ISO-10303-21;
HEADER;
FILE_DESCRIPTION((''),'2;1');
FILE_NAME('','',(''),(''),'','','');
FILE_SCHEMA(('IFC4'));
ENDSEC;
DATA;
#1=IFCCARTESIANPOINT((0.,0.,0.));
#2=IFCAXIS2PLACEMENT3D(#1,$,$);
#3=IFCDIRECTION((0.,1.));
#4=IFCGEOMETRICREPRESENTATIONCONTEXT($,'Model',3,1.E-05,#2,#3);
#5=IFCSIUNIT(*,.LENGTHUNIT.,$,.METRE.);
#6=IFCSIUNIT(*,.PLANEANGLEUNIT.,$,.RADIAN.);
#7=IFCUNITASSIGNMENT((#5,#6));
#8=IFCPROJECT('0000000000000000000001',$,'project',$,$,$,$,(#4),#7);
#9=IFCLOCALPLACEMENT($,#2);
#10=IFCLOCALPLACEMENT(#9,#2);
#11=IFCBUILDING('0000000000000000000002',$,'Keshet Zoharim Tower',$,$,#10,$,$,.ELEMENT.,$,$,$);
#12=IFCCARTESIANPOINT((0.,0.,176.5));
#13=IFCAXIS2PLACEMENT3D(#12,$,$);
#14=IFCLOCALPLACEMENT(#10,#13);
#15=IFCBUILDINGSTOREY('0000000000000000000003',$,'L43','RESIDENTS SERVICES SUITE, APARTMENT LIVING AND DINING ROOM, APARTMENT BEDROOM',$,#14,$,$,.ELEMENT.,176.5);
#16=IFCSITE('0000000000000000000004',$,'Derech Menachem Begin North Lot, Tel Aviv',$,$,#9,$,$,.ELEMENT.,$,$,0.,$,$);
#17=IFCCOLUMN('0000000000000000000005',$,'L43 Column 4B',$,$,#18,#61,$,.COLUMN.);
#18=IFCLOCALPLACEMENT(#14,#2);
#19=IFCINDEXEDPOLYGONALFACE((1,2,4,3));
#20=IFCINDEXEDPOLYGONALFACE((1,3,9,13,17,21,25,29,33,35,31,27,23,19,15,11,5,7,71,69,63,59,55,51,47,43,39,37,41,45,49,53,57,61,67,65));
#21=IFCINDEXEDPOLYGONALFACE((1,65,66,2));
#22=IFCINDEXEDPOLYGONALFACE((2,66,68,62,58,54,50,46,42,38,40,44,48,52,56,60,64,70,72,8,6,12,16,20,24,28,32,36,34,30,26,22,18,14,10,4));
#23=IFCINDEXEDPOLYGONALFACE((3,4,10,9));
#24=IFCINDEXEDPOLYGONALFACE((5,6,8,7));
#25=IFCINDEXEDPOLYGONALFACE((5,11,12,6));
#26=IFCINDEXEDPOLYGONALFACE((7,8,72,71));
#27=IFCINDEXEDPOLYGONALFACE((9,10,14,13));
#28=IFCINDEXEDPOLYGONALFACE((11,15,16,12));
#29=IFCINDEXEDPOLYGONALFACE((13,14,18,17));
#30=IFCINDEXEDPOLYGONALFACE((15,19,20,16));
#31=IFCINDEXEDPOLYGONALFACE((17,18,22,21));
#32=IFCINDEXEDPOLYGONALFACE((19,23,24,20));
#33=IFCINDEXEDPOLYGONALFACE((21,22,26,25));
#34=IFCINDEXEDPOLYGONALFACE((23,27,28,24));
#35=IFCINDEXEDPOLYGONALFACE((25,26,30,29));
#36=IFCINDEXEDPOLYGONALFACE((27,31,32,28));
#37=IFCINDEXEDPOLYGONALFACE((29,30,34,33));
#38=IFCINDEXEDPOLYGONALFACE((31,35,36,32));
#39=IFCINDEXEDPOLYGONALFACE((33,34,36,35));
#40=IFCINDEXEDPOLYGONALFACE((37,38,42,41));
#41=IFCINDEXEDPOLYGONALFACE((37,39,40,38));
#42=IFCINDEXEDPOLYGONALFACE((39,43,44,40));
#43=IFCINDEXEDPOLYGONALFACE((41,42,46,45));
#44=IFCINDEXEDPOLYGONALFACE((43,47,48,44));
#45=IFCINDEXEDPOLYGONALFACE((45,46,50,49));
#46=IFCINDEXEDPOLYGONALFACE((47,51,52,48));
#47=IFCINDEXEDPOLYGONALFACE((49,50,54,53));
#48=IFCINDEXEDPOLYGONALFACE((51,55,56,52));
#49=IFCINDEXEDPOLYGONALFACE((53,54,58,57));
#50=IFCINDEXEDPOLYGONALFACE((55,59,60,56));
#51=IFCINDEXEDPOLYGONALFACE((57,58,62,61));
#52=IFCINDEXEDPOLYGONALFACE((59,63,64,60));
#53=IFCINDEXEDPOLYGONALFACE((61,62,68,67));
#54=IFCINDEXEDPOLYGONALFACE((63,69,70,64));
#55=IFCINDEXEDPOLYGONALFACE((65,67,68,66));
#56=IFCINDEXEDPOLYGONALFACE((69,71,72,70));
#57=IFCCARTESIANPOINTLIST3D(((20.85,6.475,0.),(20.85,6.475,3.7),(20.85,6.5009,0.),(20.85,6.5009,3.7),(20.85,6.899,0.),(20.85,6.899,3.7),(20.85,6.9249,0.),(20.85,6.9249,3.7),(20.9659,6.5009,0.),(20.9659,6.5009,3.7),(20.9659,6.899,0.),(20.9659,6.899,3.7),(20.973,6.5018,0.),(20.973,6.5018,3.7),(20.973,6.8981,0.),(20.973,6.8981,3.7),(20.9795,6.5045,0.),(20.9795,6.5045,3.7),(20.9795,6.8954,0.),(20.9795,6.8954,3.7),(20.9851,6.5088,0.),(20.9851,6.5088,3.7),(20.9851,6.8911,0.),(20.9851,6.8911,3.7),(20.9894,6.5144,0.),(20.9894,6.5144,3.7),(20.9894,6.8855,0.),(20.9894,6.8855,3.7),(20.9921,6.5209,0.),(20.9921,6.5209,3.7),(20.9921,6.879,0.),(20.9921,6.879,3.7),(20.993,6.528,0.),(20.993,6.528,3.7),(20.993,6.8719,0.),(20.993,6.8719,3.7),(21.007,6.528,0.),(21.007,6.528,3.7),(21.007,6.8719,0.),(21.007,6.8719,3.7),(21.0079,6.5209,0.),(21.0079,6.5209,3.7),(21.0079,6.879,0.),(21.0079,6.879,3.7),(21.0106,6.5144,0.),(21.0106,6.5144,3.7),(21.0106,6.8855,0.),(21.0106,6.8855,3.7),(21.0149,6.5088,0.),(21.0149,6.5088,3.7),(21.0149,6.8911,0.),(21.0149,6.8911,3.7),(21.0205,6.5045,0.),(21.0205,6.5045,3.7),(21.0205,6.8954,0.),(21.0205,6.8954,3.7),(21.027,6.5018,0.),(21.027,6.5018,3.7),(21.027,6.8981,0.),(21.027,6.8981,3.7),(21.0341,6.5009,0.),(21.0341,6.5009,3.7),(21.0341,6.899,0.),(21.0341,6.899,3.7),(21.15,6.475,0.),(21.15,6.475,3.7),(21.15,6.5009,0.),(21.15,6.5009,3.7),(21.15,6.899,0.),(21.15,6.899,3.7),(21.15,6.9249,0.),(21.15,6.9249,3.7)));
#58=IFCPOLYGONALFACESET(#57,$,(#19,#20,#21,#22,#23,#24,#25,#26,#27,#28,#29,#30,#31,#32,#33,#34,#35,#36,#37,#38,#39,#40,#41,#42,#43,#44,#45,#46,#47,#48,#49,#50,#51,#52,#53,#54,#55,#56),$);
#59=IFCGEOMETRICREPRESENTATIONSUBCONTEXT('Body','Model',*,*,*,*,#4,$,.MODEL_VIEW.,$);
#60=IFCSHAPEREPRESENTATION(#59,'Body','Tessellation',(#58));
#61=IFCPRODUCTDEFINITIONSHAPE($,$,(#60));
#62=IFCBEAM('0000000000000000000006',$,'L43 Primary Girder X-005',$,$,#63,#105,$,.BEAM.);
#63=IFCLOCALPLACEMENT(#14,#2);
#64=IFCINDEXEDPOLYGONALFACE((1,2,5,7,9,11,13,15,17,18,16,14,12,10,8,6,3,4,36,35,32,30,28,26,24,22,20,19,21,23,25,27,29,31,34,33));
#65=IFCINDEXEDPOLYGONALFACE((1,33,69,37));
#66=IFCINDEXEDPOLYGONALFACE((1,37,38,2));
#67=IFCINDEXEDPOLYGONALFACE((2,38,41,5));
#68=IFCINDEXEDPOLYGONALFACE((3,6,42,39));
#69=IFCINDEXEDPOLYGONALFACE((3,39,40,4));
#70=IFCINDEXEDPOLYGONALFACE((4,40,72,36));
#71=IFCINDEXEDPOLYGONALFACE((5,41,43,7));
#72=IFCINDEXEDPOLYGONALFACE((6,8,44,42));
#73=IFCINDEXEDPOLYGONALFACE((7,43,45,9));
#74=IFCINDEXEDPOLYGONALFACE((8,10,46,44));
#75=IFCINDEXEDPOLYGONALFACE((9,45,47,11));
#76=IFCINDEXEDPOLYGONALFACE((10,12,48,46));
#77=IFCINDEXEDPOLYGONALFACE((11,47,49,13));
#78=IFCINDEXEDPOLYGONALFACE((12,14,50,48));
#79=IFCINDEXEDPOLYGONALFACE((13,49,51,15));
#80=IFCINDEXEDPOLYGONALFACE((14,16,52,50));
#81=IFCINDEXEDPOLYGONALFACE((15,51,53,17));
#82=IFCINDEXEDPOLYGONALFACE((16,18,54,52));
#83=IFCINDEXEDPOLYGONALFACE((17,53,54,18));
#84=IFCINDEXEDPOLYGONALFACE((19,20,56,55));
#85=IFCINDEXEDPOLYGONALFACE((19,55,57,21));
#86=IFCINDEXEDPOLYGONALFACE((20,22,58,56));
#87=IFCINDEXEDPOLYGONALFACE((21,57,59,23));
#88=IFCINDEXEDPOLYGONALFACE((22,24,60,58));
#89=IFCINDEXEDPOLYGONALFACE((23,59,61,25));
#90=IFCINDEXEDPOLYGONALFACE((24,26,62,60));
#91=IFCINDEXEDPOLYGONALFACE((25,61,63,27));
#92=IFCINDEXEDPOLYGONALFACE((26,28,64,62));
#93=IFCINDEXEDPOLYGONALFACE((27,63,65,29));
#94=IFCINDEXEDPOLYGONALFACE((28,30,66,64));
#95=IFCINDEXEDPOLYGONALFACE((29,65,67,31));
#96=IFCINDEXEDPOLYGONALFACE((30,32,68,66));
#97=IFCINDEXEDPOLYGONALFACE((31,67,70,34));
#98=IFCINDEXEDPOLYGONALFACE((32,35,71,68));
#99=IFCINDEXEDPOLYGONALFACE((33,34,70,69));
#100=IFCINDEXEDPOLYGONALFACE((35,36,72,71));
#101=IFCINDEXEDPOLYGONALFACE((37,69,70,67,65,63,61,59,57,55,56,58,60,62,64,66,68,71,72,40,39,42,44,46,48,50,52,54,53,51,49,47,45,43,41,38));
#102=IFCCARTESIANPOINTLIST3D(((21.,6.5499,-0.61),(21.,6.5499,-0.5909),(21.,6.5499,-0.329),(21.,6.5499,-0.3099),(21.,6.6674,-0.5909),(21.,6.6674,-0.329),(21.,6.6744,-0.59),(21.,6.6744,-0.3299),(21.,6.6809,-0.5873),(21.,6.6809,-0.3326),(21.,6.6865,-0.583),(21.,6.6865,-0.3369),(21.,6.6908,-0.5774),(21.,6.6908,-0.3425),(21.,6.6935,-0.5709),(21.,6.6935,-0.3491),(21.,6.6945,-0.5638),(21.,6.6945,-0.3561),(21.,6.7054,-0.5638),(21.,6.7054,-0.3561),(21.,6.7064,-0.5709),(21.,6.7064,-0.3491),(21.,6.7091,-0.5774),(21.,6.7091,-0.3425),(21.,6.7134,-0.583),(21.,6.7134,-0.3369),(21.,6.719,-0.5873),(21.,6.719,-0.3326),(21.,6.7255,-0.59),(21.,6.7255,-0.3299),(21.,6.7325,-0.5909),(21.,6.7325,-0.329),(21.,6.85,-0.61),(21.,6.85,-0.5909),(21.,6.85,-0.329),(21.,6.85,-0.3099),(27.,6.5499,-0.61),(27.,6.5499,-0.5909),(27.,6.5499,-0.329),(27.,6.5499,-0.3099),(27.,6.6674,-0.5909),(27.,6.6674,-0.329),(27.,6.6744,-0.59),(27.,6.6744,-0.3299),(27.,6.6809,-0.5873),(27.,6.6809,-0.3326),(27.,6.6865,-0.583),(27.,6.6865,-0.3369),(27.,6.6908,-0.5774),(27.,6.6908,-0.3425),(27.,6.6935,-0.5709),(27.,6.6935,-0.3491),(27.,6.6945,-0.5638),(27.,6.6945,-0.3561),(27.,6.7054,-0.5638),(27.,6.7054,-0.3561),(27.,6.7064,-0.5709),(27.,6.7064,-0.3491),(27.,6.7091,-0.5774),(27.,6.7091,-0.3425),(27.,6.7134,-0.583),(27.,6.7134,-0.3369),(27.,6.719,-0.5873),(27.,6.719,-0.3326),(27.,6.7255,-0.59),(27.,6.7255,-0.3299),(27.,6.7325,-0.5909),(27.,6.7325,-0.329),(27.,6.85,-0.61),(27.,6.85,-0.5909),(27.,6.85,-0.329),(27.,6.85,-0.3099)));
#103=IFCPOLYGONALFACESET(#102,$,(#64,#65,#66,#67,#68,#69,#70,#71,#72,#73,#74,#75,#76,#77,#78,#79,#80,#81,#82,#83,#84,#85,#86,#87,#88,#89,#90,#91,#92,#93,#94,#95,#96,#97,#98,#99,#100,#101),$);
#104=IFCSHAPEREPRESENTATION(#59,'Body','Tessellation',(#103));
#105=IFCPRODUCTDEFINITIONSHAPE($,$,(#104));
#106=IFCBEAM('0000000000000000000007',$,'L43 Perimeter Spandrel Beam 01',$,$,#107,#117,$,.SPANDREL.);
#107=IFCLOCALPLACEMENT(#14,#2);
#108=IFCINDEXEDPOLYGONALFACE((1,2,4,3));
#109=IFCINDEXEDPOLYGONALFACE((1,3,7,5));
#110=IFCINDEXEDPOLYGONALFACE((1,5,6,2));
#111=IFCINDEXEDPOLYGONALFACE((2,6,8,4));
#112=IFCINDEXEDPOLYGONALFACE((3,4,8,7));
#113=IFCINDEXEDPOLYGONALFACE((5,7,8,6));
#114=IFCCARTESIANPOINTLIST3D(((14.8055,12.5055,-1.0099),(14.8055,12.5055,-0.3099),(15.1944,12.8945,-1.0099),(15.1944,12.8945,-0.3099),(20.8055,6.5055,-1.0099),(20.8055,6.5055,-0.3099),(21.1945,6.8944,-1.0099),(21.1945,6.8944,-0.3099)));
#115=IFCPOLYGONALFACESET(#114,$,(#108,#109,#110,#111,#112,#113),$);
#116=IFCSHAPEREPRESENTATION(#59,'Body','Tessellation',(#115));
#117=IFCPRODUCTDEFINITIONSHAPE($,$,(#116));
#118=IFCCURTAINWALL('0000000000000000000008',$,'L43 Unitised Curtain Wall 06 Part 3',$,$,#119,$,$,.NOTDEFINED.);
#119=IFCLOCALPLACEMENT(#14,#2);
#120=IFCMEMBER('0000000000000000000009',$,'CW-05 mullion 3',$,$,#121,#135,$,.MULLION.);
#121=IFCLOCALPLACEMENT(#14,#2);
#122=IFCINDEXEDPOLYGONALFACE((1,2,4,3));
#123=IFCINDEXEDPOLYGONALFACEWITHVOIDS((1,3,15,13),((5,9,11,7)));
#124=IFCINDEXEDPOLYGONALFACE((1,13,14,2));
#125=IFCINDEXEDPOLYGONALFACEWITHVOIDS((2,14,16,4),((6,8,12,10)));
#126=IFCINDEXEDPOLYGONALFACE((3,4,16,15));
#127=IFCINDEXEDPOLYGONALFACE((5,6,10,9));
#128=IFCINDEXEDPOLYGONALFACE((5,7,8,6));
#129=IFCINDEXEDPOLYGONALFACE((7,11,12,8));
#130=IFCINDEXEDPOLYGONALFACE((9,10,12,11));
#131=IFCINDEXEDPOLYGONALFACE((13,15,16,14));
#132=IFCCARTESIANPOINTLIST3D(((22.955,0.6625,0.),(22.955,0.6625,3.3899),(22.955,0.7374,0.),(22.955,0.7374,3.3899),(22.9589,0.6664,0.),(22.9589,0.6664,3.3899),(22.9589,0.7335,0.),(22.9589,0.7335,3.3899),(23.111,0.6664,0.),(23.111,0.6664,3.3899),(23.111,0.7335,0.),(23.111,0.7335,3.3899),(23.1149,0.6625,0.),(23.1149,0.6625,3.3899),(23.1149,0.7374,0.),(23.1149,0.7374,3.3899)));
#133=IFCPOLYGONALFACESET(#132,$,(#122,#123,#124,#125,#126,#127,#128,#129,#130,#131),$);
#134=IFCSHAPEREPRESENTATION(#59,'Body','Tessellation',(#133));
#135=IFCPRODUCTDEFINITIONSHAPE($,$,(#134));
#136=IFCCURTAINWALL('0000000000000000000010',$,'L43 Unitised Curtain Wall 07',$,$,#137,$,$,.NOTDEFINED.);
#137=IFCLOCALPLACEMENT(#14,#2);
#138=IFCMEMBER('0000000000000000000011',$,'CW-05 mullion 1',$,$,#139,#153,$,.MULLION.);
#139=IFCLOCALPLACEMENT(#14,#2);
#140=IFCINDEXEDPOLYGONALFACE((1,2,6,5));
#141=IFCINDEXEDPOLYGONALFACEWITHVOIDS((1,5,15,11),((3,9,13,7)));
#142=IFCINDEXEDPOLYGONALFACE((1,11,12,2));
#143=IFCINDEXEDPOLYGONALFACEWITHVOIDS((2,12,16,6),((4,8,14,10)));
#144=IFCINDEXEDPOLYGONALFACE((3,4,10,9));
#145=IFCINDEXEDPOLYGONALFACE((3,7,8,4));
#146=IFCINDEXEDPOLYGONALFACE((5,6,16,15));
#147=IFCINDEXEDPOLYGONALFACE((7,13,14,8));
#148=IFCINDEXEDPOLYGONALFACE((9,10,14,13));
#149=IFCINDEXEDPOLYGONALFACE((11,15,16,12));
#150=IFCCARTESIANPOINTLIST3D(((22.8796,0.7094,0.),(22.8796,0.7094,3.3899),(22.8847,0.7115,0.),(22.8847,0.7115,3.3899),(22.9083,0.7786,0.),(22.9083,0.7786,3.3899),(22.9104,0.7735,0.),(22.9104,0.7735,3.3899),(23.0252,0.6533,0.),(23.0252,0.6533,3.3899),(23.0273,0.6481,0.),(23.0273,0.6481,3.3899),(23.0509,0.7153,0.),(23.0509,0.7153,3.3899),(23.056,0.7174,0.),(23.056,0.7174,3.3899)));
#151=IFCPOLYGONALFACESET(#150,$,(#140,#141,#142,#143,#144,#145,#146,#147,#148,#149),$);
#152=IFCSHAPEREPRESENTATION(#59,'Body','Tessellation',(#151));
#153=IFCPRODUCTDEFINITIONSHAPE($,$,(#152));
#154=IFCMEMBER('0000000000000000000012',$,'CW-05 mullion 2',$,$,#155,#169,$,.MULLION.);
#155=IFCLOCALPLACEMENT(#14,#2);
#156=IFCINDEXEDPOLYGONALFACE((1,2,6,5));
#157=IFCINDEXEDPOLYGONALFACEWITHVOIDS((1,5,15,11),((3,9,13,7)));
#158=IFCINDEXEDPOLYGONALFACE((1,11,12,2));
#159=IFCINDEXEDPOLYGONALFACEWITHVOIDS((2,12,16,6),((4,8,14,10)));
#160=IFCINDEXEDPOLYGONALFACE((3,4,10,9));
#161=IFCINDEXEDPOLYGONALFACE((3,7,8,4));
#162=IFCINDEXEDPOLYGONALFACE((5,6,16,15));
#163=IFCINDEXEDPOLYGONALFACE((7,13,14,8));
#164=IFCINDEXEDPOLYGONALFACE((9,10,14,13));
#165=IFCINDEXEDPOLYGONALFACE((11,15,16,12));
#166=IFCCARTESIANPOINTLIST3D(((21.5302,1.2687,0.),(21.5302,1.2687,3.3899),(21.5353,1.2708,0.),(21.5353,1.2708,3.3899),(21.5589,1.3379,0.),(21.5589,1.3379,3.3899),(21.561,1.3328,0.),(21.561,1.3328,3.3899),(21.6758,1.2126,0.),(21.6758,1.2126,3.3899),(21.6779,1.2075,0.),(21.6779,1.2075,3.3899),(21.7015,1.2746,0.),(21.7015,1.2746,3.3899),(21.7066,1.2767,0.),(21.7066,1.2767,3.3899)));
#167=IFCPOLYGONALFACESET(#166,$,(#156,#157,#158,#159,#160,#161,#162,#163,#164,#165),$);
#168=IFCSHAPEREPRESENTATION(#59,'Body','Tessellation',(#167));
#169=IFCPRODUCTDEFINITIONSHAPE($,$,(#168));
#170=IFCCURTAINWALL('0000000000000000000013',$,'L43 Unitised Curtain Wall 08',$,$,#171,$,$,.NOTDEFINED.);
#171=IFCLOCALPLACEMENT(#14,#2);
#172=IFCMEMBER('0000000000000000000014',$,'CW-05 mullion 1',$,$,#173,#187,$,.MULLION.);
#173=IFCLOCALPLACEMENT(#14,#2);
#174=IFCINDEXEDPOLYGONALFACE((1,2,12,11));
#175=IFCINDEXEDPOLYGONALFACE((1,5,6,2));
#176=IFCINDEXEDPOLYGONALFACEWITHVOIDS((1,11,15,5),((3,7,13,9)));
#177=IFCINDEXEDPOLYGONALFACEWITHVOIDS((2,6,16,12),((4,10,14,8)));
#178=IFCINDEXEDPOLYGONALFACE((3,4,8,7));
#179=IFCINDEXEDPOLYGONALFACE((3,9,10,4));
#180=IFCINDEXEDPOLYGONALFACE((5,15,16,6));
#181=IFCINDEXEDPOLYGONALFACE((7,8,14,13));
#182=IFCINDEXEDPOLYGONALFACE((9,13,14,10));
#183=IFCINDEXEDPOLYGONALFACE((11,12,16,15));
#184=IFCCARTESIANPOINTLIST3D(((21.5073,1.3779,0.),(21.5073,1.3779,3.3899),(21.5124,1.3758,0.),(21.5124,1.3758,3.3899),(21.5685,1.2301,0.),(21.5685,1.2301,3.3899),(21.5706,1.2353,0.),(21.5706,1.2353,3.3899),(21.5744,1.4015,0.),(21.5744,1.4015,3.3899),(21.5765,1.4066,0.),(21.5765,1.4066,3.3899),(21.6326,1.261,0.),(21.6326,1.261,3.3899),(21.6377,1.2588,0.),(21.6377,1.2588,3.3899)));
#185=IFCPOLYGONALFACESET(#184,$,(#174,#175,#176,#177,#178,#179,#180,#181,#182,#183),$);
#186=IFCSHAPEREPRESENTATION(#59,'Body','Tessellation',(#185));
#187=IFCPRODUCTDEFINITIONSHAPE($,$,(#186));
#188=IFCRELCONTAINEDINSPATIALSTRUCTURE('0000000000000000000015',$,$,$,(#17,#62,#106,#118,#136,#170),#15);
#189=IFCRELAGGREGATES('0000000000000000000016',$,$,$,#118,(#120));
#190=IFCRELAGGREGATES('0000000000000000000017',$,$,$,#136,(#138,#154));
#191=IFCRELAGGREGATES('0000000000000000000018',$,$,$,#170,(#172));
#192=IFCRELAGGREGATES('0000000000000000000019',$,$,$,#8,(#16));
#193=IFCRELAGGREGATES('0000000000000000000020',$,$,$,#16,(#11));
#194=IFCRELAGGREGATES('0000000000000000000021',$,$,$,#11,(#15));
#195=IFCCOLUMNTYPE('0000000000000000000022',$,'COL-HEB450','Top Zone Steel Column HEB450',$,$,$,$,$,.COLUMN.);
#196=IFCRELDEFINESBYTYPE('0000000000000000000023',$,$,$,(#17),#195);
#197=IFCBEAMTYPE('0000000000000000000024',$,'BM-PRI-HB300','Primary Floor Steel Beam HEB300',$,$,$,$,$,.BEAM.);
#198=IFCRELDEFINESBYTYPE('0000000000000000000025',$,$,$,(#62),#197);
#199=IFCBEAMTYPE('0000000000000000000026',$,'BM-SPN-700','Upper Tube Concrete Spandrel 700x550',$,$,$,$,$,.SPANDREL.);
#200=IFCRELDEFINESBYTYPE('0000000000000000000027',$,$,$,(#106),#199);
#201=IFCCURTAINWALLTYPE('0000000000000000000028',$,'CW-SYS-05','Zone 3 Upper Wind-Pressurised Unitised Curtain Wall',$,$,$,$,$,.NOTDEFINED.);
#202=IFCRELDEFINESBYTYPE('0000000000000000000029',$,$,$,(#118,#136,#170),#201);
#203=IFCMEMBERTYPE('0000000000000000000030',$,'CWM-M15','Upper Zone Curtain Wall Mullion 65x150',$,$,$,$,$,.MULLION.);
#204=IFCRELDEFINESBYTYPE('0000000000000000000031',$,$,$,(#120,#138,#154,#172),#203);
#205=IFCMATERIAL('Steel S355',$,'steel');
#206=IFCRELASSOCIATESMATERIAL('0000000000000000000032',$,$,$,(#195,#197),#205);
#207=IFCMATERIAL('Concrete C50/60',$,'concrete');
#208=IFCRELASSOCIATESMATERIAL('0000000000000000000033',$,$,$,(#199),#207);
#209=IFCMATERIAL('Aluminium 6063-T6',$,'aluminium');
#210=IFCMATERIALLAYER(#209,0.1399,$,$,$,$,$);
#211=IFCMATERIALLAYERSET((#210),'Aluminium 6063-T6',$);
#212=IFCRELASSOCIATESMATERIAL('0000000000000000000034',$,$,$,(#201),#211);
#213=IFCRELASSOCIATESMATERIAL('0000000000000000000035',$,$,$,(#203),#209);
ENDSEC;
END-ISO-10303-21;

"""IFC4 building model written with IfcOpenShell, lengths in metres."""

from ifc_helpers import new_model, si_unit, direction, frame, origin, origin_2d, place, context, subcontext, project, spatial, rectangle, hollow_rectangle, i_section, extrude, material, layer, layer_set, material_profile, profile_set, type_object, element, aggregate, save


model = new_model("IFC4")

# Units and contexts
model_context = context("Model", 3, precision=1e-05, world=origin(), true_north=direction((0.0, 1.0)))
body_context = subcontext(model_context, "Body", "Model", "MODEL_VIEW")
ifc_project = project(units=[si_unit("LENGTHUNIT", "METRE"), si_unit("PLANEANGLEUNIT", "RADIAN")], contexts=[model_context])

# Site, building, storey
site_placement = place(None, origin())
site = spatial("IfcSite", under=ifc_project, at=site_placement, Name="Derech Menachem Begin North Lot, Tel Aviv", CompositionType="ELEMENT", RefElevation=0.0)
building_placement = place(site_placement, origin())
building = spatial("IfcBuilding", under=site, at=building_placement, Name="Keshet Zoharim Tower", CompositionType="ELEMENT")
storey_placement = place(building_placement, frame((0.0, 0.0, 176.5)))
storey = spatial("IfcBuildingStorey", under=building, at=storey_placement, Name="L43", Description="RESIDENTS SERVICES SUITE, APARTMENT LIVING AND DINING ROOM, APARTMENT BEDROOM", CompositionType="ELEMENT", Elevation=176.5)

# Column
ifc_material_1 = material(Name="Steel S355", Category="steel")
ifc_material_profile_1 = material_profile(ifc_material_1, i_section(OverallWidth=0.3, OverallDepth=0.45, WebThickness=0.0139, FlangeThickness=0.0259, FilletRadius=0.0271, at=origin_2d()), Name="HEB450")
ifc_profile_set_1 = profile_set([ifc_material_profile_1], Name="Steel S355")
column_type = type_object("IfcColumnType", Name="COL-HEB450", Description="Top Zone Steel Column HEB450", PredefinedType="COLUMN", material=ifc_profile_set_1)
column_placement = place(storey_placement, frame((21.0, 6.7, 0.0), z_axis=(0.0, 0.0, 1.0), x_axis=(1.0, 0.0, 0.0)))
element("IfcColumn", 1, at=column_placement, inside=storey, type_object=column_type, Name="L43 Column 4B", PredefinedType="COLUMN", context=body_context, shape_type="SweptSolid", body=[
    extrude(i_section(OverallWidth=0.3, OverallDepth=0.45, WebThickness=0.0139, FlangeThickness=0.0259, FilletRadius=0.0271, at=origin_2d()), origin(), (0.0, 0.0, 1.0), 3.7),
])

# Beams
ifc_material_profile_2 = material_profile(ifc_material_1, i_section(OverallWidth=0.3, OverallDepth=0.3, WebThickness=0.011, FlangeThickness=0.019, FilletRadius=0.0271, at=origin_2d()), Name="HEB300")
ifc_profile_set_2 = profile_set([ifc_material_profile_2], Name="Steel S355")
beam_type_1 = type_object("IfcBeamType", Name="BM-PRI-HB300", Description="Primary Floor Steel Beam HEB300", PredefinedType="BEAM", material=ifc_profile_set_2)
beam_1_placement = place(storey_placement, frame((21.0, 6.7, -0.46), z_axis=(1.0, 0.0, 0.0), x_axis=(0.0, 1.0, 0.0)))
element("IfcBeam", 2, at=beam_1_placement, inside=storey, type_object=beam_type_1, Name="L43 Primary Girder X-005", PredefinedType="BEAM", context=body_context, shape_type="SweptSolid", body=[
    extrude(i_section(OverallWidth=0.3, OverallDepth=0.3, WebThickness=0.011, FlangeThickness=0.019, FilletRadius=0.0271, at=origin_2d()), origin(), (0.0, 0.0, 1.0), 6.0),
])
ifc_material_2 = material(Name="Concrete C50/60", Category="concrete")
ifc_material_profile_3 = material_profile(ifc_material_2, rectangle(XDim=0.55, YDim=0.7, at=origin_2d()), Name="RC700x550")
ifc_profile_set_3 = profile_set([ifc_material_profile_3], Name="Concrete C50/60")
beam_type_2 = type_object("IfcBeamType", Name="BM-SPN-700", Description="Upper Tube Concrete Spandrel 700x550", PredefinedType="SPANDREL", material=ifc_profile_set_3)
beam_2_placement = place(storey_placement, frame((21.0, 6.7, -0.6599), z_axis=(-0.707107, 0.707107, 0.0), x_axis=(-0.707107, -0.707107, 0.0)))
element("IfcBeam", 3, at=beam_2_placement, inside=storey, type_object=beam_type_2, Name="L43 Perimeter Spandrel Beam 01", PredefinedType="SPANDREL", context=body_context, shape_type="SweptSolid", body=[
    extrude(rectangle(XDim=0.55, YDim=0.7, at=origin_2d()), origin(), (0.0, 0.0, 1.0), 8.4854),
])

# Curtain wall, member
ifc_material_3 = material(Name="Aluminium 6063-T6", Category="aluminium")
ifc_layer_1 = layer(ifc_material_3, 0.1399)
ifc_layer_set_1 = layer_set([ifc_layer_1], Name="Aluminium 6063-T6")
curtain_wall_type = type_object("IfcCurtainWallType", Name="CW-SYS-05", Description="Zone 3 Upper Wind-Pressurised Unitised Curtain Wall", PredefinedType="NOTDEFINED", material=ifc_layer_set_1)
curtain_wall_1_placement = place(storey_placement, origin())
curtain_wall_1 = element("IfcCurtainWall", 4, at=curtain_wall_1_placement, inside=storey, type_object=curtain_wall_type, Name="L43 Unitised Curtain Wall 06 Part 3", PredefinedType="NOTDEFINED")
ifc_material_profile_4 = material_profile(ifc_material_3, hollow_rectangle(XDim=0.075, YDim=0.1599, WallThickness=0.0039, at=origin_2d()), Name="MUL-75x160")
ifc_profile_set_4 = profile_set([ifc_material_profile_4], Name="Aluminium 6063-T6")
member_type_1 = type_object("IfcMemberType", Name="CWM-M15", Description="Upper Zone Curtain Wall Mullion 65x150", PredefinedType="MULLION", material=ifc_profile_set_4)
member_1_placement = place(storey_placement, frame((23.0349, 0.7, 0.0), z_axis=(0.0, 0.0, 1.0), x_axis=(0.0, -1.0, 0.0)))
member_1 = element("IfcMember", 5, at=member_1_placement, type_object=member_type_1, Name="CW-05 mullion 3", PredefinedType="MULLION", context=body_context, shape_type="SweptSolid", body=[
    extrude(hollow_rectangle(XDim=0.075, YDim=0.1599, WallThickness=0.0039, at=origin_2d()), origin(), (0.0, 0.0, 1.0), 3.3899),
])
aggregate(curtain_wall_1, [member_1])

# Curtain walls, members
curtain_wall_2_placement = place(storey_placement, origin())
curtain_wall_2 = element("IfcCurtainWall", 6, at=curtain_wall_2_placement, inside=storey, type_object=curtain_wall_type, Name="L43 Unitised Curtain Wall 07", PredefinedType="NOTDEFINED")
member_2_placement = place(storey_placement, frame((22.9678, 0.7134, 0.0), z_axis=(0.0, 0.0, 1.0), x_axis=(-0.382852, -0.92381, 0.0)))
member_2 = element("IfcMember", 7, at=member_2_placement, type_object=member_type_1, Name="CW-05 mullion 1", PredefinedType="MULLION", context=body_context, shape_type="SweptSolid", body=[
    extrude(hollow_rectangle(XDim=0.075, YDim=0.1599, WallThickness=0.0039, at=origin_2d()), origin(), (0.0, 0.0, 1.0), 3.3899),
])
member_3_placement = place(storey_placement, frame((21.6184, 1.2727, 0.0), z_axis=(0.0, 0.0, 1.0), x_axis=(-0.382852, -0.92381, 0.0)))
member_3 = element("IfcMember", 8, at=member_3_placement, type_object=member_type_1, Name="CW-05 mullion 2", PredefinedType="MULLION", context=body_context, shape_type="SweptSolid", body=[
    extrude(hollow_rectangle(XDim=0.075, YDim=0.1599, WallThickness=0.0039, at=origin_2d()), origin(), (0.0, 0.0, 1.0), 3.3899),
])
curtain_wall_3_placement = place(storey_placement, origin())
curtain_wall_3 = element("IfcCurtainWall", 9, at=curtain_wall_3_placement, inside=storey, type_object=curtain_wall_type, Name="L43 Unitised Curtain Wall 08", PredefinedType="NOTDEFINED")
member_4_placement = place(storey_placement, frame((21.5725, 1.3184, 0.0), z_axis=(0.0, 0.0, 1.0), x_axis=(-0.92381, -0.382852, 0.0)))
member_4 = element("IfcMember", 10, at=member_4_placement, type_object=member_type_1, Name="CW-05 mullion 1", PredefinedType="MULLION", context=body_context, shape_type="SweptSolid", body=[
    extrude(hollow_rectangle(XDim=0.075, YDim=0.1599, WallThickness=0.0039, at=origin_2d()), origin(), (0.0, 0.0, 1.0), 3.3899),
])

aggregate(curtain_wall_2, [member_2, member_3])
aggregate(curtain_wall_3, [member_4])

save(model, "model.ifc")
